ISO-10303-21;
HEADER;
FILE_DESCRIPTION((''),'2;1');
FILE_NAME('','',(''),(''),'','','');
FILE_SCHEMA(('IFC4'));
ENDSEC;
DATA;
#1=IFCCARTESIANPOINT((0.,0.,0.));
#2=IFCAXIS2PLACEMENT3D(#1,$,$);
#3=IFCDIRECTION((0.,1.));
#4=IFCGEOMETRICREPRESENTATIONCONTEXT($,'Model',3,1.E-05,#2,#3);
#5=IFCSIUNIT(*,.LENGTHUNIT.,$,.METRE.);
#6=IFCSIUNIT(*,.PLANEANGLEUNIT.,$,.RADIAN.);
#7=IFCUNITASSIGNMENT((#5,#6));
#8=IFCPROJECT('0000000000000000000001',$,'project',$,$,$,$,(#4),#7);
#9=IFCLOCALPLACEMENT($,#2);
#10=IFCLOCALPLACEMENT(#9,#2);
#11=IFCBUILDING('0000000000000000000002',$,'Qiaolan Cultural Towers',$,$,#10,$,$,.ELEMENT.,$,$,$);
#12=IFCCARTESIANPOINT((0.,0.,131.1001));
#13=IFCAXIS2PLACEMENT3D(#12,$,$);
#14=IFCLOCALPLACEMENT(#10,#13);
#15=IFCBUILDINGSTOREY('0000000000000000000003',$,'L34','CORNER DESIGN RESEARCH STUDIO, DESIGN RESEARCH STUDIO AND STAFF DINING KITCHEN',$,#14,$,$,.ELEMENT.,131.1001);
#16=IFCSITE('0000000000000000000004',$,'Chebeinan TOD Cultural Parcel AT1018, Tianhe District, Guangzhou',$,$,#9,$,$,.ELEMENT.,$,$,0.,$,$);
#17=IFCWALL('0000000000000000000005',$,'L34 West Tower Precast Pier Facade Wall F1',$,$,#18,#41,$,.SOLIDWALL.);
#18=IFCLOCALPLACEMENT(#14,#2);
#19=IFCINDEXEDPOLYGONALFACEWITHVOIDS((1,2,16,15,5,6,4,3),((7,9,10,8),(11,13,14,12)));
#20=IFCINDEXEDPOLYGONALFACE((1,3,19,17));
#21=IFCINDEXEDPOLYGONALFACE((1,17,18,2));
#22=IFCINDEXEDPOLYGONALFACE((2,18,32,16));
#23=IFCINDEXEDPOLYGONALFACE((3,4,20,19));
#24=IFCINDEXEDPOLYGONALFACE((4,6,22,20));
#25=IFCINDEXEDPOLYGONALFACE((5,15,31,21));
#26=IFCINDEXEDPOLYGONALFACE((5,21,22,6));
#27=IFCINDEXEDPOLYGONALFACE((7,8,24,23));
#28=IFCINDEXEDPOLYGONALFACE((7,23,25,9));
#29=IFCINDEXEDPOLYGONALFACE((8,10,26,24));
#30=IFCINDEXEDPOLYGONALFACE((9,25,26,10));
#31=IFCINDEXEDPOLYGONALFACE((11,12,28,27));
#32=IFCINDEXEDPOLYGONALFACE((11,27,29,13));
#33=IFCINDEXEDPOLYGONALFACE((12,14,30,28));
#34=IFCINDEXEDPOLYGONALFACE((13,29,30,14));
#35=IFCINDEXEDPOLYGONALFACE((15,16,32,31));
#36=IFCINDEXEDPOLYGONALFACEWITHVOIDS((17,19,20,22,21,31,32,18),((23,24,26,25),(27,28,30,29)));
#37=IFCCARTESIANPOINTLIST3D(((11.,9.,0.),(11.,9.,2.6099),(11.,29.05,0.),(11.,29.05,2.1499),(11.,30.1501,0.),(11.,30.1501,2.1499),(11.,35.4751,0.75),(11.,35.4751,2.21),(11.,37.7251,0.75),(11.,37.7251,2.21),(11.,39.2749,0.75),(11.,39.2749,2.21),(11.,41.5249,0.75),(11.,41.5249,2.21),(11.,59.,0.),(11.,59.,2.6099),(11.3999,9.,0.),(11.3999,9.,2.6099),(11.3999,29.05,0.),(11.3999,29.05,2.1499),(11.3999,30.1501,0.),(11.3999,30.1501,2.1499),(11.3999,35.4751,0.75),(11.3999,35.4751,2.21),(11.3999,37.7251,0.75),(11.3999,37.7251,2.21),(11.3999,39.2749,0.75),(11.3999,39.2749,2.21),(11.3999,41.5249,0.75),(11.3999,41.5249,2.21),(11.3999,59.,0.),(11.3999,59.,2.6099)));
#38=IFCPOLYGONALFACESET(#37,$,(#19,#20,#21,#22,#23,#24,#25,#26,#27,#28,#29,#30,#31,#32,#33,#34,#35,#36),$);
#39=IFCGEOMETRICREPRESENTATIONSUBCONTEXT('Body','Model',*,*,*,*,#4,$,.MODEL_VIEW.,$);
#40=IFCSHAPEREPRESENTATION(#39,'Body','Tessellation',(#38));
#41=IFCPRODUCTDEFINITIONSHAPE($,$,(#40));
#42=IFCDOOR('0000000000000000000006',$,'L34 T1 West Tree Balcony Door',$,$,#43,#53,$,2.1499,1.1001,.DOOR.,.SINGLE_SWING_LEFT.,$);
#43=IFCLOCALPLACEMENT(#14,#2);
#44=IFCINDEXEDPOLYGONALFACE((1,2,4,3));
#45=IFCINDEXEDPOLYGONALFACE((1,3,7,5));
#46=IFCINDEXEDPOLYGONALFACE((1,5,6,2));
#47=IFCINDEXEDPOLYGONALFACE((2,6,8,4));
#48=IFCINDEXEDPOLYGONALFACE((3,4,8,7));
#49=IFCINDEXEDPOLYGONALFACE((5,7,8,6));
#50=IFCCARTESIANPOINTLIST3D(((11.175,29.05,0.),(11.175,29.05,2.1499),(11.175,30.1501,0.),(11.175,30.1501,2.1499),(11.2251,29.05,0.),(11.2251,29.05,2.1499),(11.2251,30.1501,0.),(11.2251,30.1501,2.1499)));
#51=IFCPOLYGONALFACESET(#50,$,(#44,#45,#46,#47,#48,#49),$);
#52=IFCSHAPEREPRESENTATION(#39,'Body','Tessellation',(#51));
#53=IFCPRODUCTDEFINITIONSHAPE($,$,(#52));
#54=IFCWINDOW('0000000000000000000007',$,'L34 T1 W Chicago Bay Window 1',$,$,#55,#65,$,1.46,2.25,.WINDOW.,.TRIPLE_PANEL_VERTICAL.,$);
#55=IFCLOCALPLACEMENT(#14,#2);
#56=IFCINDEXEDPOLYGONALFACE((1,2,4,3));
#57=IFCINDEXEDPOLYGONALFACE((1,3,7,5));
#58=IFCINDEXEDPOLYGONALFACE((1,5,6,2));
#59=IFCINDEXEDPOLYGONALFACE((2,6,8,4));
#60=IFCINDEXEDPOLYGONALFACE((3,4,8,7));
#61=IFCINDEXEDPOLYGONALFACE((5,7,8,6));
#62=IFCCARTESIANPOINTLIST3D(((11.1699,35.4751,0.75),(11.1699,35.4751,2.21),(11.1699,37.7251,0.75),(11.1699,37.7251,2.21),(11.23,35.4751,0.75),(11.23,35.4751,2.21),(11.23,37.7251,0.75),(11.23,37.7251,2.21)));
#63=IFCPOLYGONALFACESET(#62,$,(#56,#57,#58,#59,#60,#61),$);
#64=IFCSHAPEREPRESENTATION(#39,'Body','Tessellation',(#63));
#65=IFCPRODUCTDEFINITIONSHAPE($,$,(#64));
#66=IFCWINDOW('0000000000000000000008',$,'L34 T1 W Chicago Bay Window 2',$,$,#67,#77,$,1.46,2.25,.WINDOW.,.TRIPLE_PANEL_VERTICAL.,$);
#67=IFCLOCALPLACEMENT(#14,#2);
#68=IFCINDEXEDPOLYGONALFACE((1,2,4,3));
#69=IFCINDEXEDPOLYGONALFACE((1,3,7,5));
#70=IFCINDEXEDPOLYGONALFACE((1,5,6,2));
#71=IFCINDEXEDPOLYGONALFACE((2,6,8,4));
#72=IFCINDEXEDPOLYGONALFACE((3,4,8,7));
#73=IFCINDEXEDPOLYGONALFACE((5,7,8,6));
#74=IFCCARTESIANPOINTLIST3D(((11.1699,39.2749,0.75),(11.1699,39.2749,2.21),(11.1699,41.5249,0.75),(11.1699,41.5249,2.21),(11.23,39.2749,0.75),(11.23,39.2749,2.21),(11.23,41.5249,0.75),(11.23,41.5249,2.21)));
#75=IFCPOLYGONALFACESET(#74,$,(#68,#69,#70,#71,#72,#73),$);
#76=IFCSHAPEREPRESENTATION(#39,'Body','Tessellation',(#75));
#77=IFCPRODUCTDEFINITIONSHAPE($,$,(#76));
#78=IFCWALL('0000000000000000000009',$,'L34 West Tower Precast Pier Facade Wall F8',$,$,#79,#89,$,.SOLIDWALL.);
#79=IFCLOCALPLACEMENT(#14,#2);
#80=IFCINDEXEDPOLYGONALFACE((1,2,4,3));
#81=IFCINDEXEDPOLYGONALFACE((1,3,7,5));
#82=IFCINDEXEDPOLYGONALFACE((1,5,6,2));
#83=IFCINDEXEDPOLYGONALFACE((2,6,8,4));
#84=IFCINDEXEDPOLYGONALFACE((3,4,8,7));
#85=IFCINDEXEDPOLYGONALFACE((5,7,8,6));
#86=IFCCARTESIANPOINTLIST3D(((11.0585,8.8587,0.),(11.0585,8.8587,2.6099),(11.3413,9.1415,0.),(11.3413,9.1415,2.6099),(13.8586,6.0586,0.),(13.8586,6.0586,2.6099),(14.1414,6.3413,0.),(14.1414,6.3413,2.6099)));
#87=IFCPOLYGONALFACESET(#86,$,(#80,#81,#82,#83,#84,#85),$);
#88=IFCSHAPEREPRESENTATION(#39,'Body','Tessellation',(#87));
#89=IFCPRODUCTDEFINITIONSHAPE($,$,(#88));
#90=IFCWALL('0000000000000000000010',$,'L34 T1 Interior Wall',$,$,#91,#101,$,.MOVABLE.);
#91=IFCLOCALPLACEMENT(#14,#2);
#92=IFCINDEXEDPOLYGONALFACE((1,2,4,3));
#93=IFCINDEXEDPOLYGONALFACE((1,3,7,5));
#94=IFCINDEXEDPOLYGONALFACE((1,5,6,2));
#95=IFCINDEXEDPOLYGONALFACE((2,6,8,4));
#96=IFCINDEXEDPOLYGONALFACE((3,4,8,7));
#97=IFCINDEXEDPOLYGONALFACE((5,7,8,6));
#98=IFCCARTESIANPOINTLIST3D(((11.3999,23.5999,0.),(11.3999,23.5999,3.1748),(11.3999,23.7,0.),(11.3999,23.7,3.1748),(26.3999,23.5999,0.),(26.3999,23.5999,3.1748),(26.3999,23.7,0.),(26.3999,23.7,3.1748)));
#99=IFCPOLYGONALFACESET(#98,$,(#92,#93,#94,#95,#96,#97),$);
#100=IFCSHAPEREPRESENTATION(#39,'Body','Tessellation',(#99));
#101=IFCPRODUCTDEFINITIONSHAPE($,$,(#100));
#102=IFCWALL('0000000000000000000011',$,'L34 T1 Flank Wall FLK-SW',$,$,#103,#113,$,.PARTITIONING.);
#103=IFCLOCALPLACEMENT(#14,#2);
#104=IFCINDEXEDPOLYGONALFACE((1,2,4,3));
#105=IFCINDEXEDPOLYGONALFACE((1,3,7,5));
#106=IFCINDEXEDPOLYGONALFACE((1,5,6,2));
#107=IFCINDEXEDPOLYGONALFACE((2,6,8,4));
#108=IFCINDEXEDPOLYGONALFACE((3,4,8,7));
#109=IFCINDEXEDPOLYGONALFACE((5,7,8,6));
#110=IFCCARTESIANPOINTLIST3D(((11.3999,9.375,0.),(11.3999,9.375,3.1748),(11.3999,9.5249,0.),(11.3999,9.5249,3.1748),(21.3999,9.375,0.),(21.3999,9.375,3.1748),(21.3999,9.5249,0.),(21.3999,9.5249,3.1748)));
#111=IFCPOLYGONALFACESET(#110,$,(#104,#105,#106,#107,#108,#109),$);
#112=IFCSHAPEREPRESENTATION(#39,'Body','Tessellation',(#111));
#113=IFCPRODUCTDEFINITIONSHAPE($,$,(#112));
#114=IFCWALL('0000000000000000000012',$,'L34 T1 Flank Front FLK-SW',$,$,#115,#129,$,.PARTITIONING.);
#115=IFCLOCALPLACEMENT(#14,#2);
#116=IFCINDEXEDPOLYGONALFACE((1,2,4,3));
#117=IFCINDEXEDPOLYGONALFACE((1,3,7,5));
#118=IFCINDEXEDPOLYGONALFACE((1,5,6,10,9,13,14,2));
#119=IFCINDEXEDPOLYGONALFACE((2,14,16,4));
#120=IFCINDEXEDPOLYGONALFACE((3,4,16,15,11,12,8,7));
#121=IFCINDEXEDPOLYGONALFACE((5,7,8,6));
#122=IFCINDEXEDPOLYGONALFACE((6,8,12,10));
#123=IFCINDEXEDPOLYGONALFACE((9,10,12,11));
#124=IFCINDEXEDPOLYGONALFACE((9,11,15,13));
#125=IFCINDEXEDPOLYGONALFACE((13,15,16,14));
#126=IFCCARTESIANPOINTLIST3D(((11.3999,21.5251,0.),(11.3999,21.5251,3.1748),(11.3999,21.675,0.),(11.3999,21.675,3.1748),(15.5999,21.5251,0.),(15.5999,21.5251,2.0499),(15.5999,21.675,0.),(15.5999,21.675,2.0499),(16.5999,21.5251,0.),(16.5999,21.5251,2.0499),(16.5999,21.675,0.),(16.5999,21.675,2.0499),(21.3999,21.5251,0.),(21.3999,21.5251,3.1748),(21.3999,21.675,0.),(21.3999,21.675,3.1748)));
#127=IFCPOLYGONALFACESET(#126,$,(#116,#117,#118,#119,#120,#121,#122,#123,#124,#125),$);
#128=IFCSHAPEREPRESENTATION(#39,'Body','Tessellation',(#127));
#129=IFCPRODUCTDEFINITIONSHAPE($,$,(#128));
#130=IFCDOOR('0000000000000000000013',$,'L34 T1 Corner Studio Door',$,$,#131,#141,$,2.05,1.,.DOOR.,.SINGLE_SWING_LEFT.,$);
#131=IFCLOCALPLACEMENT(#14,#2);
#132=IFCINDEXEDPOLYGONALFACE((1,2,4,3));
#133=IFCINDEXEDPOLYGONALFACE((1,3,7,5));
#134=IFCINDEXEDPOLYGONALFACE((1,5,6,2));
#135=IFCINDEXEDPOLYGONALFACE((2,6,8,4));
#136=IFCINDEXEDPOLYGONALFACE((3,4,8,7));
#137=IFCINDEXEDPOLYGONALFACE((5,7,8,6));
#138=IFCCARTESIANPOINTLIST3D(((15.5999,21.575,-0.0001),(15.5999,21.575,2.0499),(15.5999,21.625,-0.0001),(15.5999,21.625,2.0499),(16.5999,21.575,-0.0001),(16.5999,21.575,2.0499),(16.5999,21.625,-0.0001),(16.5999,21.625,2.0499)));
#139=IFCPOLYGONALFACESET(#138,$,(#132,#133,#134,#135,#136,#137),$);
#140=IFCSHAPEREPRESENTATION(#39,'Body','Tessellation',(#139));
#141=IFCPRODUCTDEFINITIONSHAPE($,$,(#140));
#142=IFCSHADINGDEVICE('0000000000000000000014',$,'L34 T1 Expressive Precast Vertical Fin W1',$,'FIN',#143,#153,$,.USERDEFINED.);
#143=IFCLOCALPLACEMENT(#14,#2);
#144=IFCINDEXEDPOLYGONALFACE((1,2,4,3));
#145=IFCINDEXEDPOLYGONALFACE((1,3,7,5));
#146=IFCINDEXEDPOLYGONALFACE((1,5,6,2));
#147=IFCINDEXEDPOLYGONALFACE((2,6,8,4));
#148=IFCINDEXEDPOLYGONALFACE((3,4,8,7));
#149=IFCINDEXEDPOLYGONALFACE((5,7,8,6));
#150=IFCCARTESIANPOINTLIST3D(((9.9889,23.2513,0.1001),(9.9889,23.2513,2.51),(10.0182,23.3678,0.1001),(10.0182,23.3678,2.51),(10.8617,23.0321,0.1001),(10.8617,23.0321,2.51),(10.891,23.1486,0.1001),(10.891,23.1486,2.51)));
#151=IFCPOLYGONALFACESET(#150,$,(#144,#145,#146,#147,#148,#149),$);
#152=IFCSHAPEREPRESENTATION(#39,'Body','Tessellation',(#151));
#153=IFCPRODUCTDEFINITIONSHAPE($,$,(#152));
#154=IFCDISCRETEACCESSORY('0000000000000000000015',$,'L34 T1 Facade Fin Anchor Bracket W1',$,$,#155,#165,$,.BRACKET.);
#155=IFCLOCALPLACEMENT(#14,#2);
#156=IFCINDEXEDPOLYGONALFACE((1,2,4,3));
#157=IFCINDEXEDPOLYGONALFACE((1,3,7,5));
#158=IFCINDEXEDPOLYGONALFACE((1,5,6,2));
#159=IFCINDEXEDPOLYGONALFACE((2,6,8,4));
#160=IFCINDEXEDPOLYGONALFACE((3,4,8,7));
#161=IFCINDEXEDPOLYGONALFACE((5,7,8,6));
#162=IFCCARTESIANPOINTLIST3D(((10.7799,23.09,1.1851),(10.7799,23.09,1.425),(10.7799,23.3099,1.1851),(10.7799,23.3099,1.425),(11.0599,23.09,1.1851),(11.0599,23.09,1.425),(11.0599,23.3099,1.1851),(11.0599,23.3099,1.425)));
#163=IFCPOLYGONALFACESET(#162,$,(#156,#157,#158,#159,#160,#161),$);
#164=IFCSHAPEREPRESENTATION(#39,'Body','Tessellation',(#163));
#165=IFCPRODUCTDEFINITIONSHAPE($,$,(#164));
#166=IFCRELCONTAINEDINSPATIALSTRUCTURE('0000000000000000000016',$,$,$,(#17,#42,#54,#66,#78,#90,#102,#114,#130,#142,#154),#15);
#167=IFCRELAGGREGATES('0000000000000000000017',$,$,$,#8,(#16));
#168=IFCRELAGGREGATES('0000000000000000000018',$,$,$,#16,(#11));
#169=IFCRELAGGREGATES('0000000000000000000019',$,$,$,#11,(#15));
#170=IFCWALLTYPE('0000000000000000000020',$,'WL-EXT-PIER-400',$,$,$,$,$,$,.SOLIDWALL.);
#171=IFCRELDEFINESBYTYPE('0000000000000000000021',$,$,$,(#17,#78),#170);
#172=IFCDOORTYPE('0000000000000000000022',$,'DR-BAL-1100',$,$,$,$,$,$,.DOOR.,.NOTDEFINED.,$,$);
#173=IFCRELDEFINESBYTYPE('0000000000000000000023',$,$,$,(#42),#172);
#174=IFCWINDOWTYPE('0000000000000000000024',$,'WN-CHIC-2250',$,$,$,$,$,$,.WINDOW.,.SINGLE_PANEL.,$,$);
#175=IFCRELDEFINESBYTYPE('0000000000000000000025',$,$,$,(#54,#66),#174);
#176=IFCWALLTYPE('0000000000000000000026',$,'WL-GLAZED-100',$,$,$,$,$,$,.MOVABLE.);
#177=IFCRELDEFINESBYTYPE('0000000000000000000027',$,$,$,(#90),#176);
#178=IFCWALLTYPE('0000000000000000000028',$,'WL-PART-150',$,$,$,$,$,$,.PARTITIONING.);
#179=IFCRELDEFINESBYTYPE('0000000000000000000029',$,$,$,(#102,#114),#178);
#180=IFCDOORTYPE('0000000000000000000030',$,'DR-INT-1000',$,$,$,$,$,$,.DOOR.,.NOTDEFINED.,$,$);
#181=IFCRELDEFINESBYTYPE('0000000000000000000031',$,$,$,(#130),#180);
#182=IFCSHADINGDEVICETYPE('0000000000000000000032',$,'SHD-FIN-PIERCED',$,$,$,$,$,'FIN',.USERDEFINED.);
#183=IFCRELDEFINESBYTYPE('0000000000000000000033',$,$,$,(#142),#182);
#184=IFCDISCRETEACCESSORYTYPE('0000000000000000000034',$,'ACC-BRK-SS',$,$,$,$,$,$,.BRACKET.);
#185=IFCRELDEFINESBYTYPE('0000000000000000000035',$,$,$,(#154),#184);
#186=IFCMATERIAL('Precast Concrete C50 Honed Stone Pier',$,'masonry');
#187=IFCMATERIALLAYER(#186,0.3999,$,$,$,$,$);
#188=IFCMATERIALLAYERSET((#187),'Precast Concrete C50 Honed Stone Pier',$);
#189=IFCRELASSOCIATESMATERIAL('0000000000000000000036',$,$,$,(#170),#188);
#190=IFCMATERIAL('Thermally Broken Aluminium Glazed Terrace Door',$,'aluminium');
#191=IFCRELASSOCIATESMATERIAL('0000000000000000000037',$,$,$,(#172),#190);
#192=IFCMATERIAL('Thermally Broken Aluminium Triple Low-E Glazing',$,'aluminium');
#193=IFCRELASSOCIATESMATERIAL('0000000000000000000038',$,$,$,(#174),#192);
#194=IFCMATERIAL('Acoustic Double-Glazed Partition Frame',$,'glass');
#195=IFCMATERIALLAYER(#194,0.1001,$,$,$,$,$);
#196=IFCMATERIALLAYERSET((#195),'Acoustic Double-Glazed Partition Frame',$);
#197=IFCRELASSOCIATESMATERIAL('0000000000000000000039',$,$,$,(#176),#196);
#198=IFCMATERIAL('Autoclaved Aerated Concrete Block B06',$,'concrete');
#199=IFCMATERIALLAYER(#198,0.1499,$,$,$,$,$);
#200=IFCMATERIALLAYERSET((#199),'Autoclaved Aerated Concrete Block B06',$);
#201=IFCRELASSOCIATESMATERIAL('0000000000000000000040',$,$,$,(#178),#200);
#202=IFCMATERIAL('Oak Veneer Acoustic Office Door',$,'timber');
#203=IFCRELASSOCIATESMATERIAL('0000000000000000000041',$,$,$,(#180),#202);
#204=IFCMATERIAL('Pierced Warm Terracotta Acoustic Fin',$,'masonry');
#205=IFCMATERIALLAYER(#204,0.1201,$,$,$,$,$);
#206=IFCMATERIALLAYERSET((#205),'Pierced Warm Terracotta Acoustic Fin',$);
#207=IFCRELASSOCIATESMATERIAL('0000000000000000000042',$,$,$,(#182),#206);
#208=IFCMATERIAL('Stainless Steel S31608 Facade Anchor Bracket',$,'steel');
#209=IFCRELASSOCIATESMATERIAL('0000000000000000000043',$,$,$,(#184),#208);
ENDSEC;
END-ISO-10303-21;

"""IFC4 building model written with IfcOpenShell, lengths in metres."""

from ifc_helpers import new_model, si_unit, direction, frame, frame_2d, origin, origin_2d, place, context, subcontext, project, spatial, rectangle, extrude, material, layer, layer_set, type_object, element, fill, save


model = new_model("IFC4")

# Units and contexts
model_context = context("Model", 3, precision=1e-05, world=origin(), true_north=direction((0.0, 1.0)))
body_context = subcontext(model_context, "Body", "Model", "MODEL_VIEW")
ifc_project = project(units=[si_unit("LENGTHUNIT", "METRE"), si_unit("PLANEANGLEUNIT", "RADIAN")], contexts=[model_context])

# Site, building, storey
site_placement = place(None, origin())
site = spatial("IfcSite", under=ifc_project, at=site_placement, Name="Chebeinan TOD Cultural Parcel AT1018, Tianhe District, Guangzhou", CompositionType="ELEMENT", RefElevation=0.0)
building_placement = place(site_placement, origin())
building = spatial("IfcBuilding", under=site, at=building_placement, Name="Qiaolan Cultural Towers", CompositionType="ELEMENT")
storey_placement = place(building_placement, frame((0.0, 0.0, 131.1001)))
storey = spatial("IfcBuildingStorey", under=building, at=storey_placement, Name="L34", Description="CORNER DESIGN RESEARCH STUDIO, DESIGN RESEARCH STUDIO AND STAFF DINING KITCHEN", CompositionType="ELEMENT", Elevation=131.1001)

# Wall, openings, door, windows
ifc_material_1 = material(Name="Precast Concrete C50 Honed Stone Pier", Category="masonry")
ifc_layer_1 = layer(ifc_material_1, 0.3999)
ifc_layer_set_1 = layer_set([ifc_layer_1], Name="Precast Concrete C50 Honed Stone Pier")
wall_type_1 = type_object("IfcWallType", Name="WL-EXT-PIER-400", PredefinedType="SOLIDWALL", material=ifc_layer_set_1)
wall_1_placement = place(storey_placement, frame((11.2, 9.0, 0.0), z_axis=(0.0, 0.0, 1.0), x_axis=(0.0, 1.0, 0.0)))
wall_1 = element("IfcWall", 1, at=wall_1_placement, inside=storey, type_object=wall_type_1, Name="L34 West Tower Precast Pier Facade Wall F1", PredefinedType="SOLIDWALL", context=body_context, shape_type="SweptSolid", body=[
    extrude(rectangle(XDim=50.0, YDim=0.3999, at=frame_2d((25.0, 0.0))), origin(), (0.0, 0.0, 1.0), 2.6099),
])
opening_1_placement = place(wall_1_placement, frame((26.4751, 0.0, 0.75)))
opening_1 = element("IfcOpeningElement", 2, at=opening_1_placement, cuts=wall_1, PredefinedType="OPENING", context=body_context, shape_type="SweptSolid", body=[
    extrude(rectangle(XDim=2.25, YDim=1.46, at=frame_2d((1.125, 0.73))), frame((0.0, 0.21, 0.0), z_axis=(0.0, -1.0, 0.0), x_axis=(1.0, 0.0, 0.0)), (0.0, 0.0, 1.0), 0.4199),
])
opening_2_placement = place(wall_1_placement, frame((30.2749, 0.0, 0.75)))
opening_2 = element("IfcOpeningElement", 3, at=opening_2_placement, cuts=wall_1, PredefinedType="OPENING", context=body_context, shape_type="SweptSolid", body=[
    extrude(rectangle(XDim=2.25, YDim=1.46, at=frame_2d((1.125, 0.73))), frame((0.0, 0.21, 0.0), z_axis=(0.0, -1.0, 0.0), x_axis=(1.0, 0.0, 0.0)), (0.0, 0.0, 1.0), 0.4199),
])
opening_3_placement = place(wall_1_placement, frame((20.05, 0.0, 0.0)))
opening_3 = element("IfcOpeningElement", 4, at=opening_3_placement, cuts=wall_1, PredefinedType="OPENING", context=body_context, shape_type="SweptSolid", body=[
    extrude(rectangle(XDim=1.1001, YDim=2.1499, at=frame_2d((0.55, 1.075))), frame((0.0, 0.21, 0.0), z_axis=(0.0, -1.0, 0.0), x_axis=(1.0, 0.0, 0.0)), (0.0, 0.0, 1.0), 0.4199),
])
ifc_material_2 = material(Name="Thermally Broken Aluminium Glazed Terrace Door", Category="aluminium")
door_type_1 = type_object("IfcDoorType", Name="DR-BAL-1100", OperationType="NOTDEFINED", PredefinedType="DOOR", material=ifc_material_2)
door_1_placement = place(opening_3_placement, origin())
door_1 = element("IfcDoor", 5, at=door_1_placement, inside=storey, type_object=door_type_1, Name="L34 T1 West Tree Balcony Door", OperationType="SINGLE_SWING_LEFT", OverallHeight=2.1499, OverallWidth=1.1001, PredefinedType="DOOR", context=body_context, shape_type="SweptSolid", body=[
    extrude(rectangle(XDim=1.1001, YDim=2.1499, at=frame_2d((0.55, 1.075))), frame((0.0, 0.0249, 0.0), z_axis=(0.0, -1.0, 0.0), x_axis=(1.0, 0.0, 0.0)), (0.0, 0.0, 1.0), 0.05),
])
fill(opening_3, door_1)
ifc_material_3 = material(Name="Thermally Broken Aluminium Triple Low-E Glazing", Category="aluminium")
window_type = type_object("IfcWindowType", Name="WN-CHIC-2250", PartitioningType="SINGLE_PANEL", PredefinedType="WINDOW", material=ifc_material_3)
window_1_placement = place(opening_1_placement, origin())
window_1 = element("IfcWindow", 6, at=window_1_placement, inside=storey, type_object=window_type, Name="L34 T1 W Chicago Bay Window 1", OverallHeight=1.46, OverallWidth=2.25, PartitioningType="TRIPLE_PANEL_VERTICAL", PredefinedType="WINDOW", context=body_context, shape_type="SweptSolid", body=[
    extrude(rectangle(XDim=2.25, YDim=1.46, at=frame_2d((1.125, 0.73))), frame((0.0, 0.03, 0.0), z_axis=(0.0, -1.0, 0.0), x_axis=(1.0, 0.0, 0.0)), (0.0, 0.0, 1.0), 0.0601),
])
fill(opening_1, window_1)
window_2_placement = place(opening_2_placement, origin())
window_2 = element("IfcWindow", 7, at=window_2_placement, inside=storey, type_object=window_type, Name="L34 T1 W Chicago Bay Window 2", OverallHeight=1.46, OverallWidth=2.25, PartitioningType="TRIPLE_PANEL_VERTICAL", PredefinedType="WINDOW", context=body_context, shape_type="SweptSolid", body=[
    extrude(rectangle(XDim=2.25, YDim=1.46, at=frame_2d((1.125, 0.73))), frame((0.0, 0.03, 0.0), z_axis=(0.0, -1.0, 0.0), x_axis=(1.0, 0.0, 0.0)), (0.0, 0.0, 1.0), 0.0601),
])
fill(opening_2, window_2)

# Walls
wall_2_placement = place(storey_placement, frame((14.0, 6.2, 0.0), z_axis=(0.0, 0.0, 1.0), x_axis=(-0.707107, 0.707107, 0.0)))
element("IfcWall", 8, at=wall_2_placement, inside=storey, type_object=wall_type_1, Name="L34 West Tower Precast Pier Facade Wall F8", PredefinedType="SOLIDWALL", context=body_context, shape_type="SweptSolid", body=[
    extrude(rectangle(XDim=3.96, YDim=0.3999, at=frame_2d((1.98, 0.0))), origin(), (0.0, 0.0, 1.0), 2.6099),
])
ifc_material_4 = material(Name="Acoustic Double-Glazed Partition Frame", Category="glass")
ifc_layer_2 = layer(ifc_material_4, 0.1001)
ifc_layer_set_2 = layer_set([ifc_layer_2], Name="Acoustic Double-Glazed Partition Frame")
wall_type_2 = type_object("IfcWallType", Name="WL-GLAZED-100", PredefinedType="MOVABLE", material=ifc_layer_set_2)
wall_3_placement = place(storey_placement, frame((11.3999, 23.6499, 0.0), z_axis=(0.0, 0.0, 1.0), x_axis=(1.0, 0.0, 0.0)))
element("IfcWall", 9, at=wall_3_placement, inside=storey, type_object=wall_type_2, Name="L34 T1 Interior Wall", PredefinedType="MOVABLE", context=body_context, shape_type="SweptSolid", body=[
    extrude(rectangle(XDim=15.0, YDim=0.1001, at=frame_2d((7.5, 0.0))), origin(), (0.0, 0.0, 1.0), 3.1748),
])
ifc_material_5 = material(Name="Autoclaved Aerated Concrete Block B06", Category="concrete")
ifc_layer_3 = layer(ifc_material_5, 0.1499)
ifc_layer_set_3 = layer_set([ifc_layer_3], Name="Autoclaved Aerated Concrete Block B06")
wall_type_3 = type_object("IfcWallType", Name="WL-PART-150", PredefinedType="PARTITIONING", material=ifc_layer_set_3)
wall_4_placement = place(storey_placement, frame((11.3999, 9.45, 0.0), z_axis=(0.0, 0.0, 1.0), x_axis=(1.0, 0.0, 0.0)))
element("IfcWall", 10, at=wall_4_placement, inside=storey, type_object=wall_type_3, Name="L34 T1 Flank Wall FLK-SW", PredefinedType="PARTITIONING", context=body_context, shape_type="SweptSolid", body=[
    extrude(rectangle(XDim=10.0, YDim=0.1499, at=frame_2d((5.0, 0.0))), origin(), (0.0, 0.0, 1.0), 3.1748),
])

# Wall, opening, door
wall_5_placement = place(storey_placement, frame((11.3999, 21.6001, 0.0), z_axis=(0.0, 0.0, 1.0), x_axis=(1.0, 0.0, 0.0)))
wall_5 = element("IfcWall", 11, at=wall_5_placement, inside=storey, type_object=wall_type_3, Name="L34 T1 Flank Front FLK-SW", PredefinedType="PARTITIONING", context=body_context, shape_type="SweptSolid", body=[
    extrude(rectangle(XDim=10.0, YDim=0.1499, at=frame_2d((5.0, 0.0))), origin(), (0.0, 0.0, 1.0), 3.1748),
])
opening_4_placement = place(wall_5_placement, frame((4.2, 0.0, 0.0)))
opening_4 = element("IfcOpeningElement", 12, at=opening_4_placement, cuts=wall_5, PredefinedType="OPENING", context=body_context, shape_type="SweptSolid", body=[
    extrude(rectangle(XDim=1.0, YDim=2.05, at=frame_2d((0.5, 1.0249))), frame((0.0, 0.085, 0.0), z_axis=(0.0, -1.0, 0.0), x_axis=(1.0, 0.0, 0.0)), (0.0, 0.0, 1.0), 0.1699),
])
ifc_material_6 = material(Name="Oak Veneer Acoustic Office Door", Category="timber")
door_type_2 = type_object("IfcDoorType", Name="DR-INT-1000", OperationType="NOTDEFINED", PredefinedType="DOOR", material=ifc_material_6)
door_2_placement = place(opening_4_placement, origin())
door_2 = element("IfcDoor", 13, at=door_2_placement, inside=storey, type_object=door_type_2, Name="L34 T1 Corner Studio Door", OperationType="SINGLE_SWING_LEFT", OverallHeight=2.05, OverallWidth=1.0, PredefinedType="DOOR", context=body_context, shape_type="SweptSolid", body=[
    extrude(rectangle(XDim=1.0, YDim=2.05, at=frame_2d((0.5, 1.0249))), frame((0.0, 0.0249, 0.0), z_axis=(0.0, -1.0, 0.0), x_axis=(1.0, 0.0, 0.0)), (0.0, 0.0, 1.0), 0.05),
])
fill(opening_4, door_2)

# Shading device
ifc_material_7 = material(Name="Pierced Warm Terracotta Acoustic Fin", Category="masonry")
ifc_layer_4 = layer(ifc_material_7, 0.1201)
ifc_layer_set_4 = layer_set([ifc_layer_4], Name="Pierced Warm Terracotta Acoustic Fin")
shading_device_type = type_object("IfcShadingDeviceType", Name="SHD-FIN-PIERCED", ElementType="FIN", PredefinedType="USERDEFINED", material=ifc_layer_set_4)
shading_device_placement = place(storey_placement, frame((10.4399, 23.2, 0.1001), z_axis=(0.0, 0.0, 1.0), x_axis=(0.969892, -0.243537, 0.0)))
element("IfcShadingDevice", 14, at=shading_device_placement, inside=storey, type_object=shading_device_type, Name="L34 T1 Expressive Precast Vertical Fin W1", ObjectType="FIN", PredefinedType="USERDEFINED", context=body_context, shape_type="SweptSolid", body=[
    extrude(rectangle(XDim=0.8999, YDim=0.1201, at=origin_2d()), origin(), (0.0, 0.0, 1.0), 2.4099),
])

# Discrete accessory
ifc_material_8 = material(Name="Stainless Steel S31608 Facade Anchor Bracket", Category="steel")
discrete_accessory_type = type_object("IfcDiscreteAccessoryType", Name="ACC-BRK-SS", PredefinedType="BRACKET", material=ifc_material_8)
discrete_accessory_placement = place(storey_placement, frame((10.9199, 23.2, 1.1851), z_axis=(0.0, 0.0, 1.0), x_axis=(1.0, 0.0, 0.0)))
element("IfcDiscreteAccessory", 15, at=discrete_accessory_placement, inside=storey, type_object=discrete_accessory_type, Name="L34 T1 Facade Fin Anchor Bracket W1", PredefinedType="BRACKET", context=body_context, shape_type="SweptSolid", body=[
    extrude(rectangle(XDim=0.28, YDim=0.22, at=origin_2d()), origin(), (0.0, 0.0, 1.0), 0.24),
])

save(model, "model.ifc")
